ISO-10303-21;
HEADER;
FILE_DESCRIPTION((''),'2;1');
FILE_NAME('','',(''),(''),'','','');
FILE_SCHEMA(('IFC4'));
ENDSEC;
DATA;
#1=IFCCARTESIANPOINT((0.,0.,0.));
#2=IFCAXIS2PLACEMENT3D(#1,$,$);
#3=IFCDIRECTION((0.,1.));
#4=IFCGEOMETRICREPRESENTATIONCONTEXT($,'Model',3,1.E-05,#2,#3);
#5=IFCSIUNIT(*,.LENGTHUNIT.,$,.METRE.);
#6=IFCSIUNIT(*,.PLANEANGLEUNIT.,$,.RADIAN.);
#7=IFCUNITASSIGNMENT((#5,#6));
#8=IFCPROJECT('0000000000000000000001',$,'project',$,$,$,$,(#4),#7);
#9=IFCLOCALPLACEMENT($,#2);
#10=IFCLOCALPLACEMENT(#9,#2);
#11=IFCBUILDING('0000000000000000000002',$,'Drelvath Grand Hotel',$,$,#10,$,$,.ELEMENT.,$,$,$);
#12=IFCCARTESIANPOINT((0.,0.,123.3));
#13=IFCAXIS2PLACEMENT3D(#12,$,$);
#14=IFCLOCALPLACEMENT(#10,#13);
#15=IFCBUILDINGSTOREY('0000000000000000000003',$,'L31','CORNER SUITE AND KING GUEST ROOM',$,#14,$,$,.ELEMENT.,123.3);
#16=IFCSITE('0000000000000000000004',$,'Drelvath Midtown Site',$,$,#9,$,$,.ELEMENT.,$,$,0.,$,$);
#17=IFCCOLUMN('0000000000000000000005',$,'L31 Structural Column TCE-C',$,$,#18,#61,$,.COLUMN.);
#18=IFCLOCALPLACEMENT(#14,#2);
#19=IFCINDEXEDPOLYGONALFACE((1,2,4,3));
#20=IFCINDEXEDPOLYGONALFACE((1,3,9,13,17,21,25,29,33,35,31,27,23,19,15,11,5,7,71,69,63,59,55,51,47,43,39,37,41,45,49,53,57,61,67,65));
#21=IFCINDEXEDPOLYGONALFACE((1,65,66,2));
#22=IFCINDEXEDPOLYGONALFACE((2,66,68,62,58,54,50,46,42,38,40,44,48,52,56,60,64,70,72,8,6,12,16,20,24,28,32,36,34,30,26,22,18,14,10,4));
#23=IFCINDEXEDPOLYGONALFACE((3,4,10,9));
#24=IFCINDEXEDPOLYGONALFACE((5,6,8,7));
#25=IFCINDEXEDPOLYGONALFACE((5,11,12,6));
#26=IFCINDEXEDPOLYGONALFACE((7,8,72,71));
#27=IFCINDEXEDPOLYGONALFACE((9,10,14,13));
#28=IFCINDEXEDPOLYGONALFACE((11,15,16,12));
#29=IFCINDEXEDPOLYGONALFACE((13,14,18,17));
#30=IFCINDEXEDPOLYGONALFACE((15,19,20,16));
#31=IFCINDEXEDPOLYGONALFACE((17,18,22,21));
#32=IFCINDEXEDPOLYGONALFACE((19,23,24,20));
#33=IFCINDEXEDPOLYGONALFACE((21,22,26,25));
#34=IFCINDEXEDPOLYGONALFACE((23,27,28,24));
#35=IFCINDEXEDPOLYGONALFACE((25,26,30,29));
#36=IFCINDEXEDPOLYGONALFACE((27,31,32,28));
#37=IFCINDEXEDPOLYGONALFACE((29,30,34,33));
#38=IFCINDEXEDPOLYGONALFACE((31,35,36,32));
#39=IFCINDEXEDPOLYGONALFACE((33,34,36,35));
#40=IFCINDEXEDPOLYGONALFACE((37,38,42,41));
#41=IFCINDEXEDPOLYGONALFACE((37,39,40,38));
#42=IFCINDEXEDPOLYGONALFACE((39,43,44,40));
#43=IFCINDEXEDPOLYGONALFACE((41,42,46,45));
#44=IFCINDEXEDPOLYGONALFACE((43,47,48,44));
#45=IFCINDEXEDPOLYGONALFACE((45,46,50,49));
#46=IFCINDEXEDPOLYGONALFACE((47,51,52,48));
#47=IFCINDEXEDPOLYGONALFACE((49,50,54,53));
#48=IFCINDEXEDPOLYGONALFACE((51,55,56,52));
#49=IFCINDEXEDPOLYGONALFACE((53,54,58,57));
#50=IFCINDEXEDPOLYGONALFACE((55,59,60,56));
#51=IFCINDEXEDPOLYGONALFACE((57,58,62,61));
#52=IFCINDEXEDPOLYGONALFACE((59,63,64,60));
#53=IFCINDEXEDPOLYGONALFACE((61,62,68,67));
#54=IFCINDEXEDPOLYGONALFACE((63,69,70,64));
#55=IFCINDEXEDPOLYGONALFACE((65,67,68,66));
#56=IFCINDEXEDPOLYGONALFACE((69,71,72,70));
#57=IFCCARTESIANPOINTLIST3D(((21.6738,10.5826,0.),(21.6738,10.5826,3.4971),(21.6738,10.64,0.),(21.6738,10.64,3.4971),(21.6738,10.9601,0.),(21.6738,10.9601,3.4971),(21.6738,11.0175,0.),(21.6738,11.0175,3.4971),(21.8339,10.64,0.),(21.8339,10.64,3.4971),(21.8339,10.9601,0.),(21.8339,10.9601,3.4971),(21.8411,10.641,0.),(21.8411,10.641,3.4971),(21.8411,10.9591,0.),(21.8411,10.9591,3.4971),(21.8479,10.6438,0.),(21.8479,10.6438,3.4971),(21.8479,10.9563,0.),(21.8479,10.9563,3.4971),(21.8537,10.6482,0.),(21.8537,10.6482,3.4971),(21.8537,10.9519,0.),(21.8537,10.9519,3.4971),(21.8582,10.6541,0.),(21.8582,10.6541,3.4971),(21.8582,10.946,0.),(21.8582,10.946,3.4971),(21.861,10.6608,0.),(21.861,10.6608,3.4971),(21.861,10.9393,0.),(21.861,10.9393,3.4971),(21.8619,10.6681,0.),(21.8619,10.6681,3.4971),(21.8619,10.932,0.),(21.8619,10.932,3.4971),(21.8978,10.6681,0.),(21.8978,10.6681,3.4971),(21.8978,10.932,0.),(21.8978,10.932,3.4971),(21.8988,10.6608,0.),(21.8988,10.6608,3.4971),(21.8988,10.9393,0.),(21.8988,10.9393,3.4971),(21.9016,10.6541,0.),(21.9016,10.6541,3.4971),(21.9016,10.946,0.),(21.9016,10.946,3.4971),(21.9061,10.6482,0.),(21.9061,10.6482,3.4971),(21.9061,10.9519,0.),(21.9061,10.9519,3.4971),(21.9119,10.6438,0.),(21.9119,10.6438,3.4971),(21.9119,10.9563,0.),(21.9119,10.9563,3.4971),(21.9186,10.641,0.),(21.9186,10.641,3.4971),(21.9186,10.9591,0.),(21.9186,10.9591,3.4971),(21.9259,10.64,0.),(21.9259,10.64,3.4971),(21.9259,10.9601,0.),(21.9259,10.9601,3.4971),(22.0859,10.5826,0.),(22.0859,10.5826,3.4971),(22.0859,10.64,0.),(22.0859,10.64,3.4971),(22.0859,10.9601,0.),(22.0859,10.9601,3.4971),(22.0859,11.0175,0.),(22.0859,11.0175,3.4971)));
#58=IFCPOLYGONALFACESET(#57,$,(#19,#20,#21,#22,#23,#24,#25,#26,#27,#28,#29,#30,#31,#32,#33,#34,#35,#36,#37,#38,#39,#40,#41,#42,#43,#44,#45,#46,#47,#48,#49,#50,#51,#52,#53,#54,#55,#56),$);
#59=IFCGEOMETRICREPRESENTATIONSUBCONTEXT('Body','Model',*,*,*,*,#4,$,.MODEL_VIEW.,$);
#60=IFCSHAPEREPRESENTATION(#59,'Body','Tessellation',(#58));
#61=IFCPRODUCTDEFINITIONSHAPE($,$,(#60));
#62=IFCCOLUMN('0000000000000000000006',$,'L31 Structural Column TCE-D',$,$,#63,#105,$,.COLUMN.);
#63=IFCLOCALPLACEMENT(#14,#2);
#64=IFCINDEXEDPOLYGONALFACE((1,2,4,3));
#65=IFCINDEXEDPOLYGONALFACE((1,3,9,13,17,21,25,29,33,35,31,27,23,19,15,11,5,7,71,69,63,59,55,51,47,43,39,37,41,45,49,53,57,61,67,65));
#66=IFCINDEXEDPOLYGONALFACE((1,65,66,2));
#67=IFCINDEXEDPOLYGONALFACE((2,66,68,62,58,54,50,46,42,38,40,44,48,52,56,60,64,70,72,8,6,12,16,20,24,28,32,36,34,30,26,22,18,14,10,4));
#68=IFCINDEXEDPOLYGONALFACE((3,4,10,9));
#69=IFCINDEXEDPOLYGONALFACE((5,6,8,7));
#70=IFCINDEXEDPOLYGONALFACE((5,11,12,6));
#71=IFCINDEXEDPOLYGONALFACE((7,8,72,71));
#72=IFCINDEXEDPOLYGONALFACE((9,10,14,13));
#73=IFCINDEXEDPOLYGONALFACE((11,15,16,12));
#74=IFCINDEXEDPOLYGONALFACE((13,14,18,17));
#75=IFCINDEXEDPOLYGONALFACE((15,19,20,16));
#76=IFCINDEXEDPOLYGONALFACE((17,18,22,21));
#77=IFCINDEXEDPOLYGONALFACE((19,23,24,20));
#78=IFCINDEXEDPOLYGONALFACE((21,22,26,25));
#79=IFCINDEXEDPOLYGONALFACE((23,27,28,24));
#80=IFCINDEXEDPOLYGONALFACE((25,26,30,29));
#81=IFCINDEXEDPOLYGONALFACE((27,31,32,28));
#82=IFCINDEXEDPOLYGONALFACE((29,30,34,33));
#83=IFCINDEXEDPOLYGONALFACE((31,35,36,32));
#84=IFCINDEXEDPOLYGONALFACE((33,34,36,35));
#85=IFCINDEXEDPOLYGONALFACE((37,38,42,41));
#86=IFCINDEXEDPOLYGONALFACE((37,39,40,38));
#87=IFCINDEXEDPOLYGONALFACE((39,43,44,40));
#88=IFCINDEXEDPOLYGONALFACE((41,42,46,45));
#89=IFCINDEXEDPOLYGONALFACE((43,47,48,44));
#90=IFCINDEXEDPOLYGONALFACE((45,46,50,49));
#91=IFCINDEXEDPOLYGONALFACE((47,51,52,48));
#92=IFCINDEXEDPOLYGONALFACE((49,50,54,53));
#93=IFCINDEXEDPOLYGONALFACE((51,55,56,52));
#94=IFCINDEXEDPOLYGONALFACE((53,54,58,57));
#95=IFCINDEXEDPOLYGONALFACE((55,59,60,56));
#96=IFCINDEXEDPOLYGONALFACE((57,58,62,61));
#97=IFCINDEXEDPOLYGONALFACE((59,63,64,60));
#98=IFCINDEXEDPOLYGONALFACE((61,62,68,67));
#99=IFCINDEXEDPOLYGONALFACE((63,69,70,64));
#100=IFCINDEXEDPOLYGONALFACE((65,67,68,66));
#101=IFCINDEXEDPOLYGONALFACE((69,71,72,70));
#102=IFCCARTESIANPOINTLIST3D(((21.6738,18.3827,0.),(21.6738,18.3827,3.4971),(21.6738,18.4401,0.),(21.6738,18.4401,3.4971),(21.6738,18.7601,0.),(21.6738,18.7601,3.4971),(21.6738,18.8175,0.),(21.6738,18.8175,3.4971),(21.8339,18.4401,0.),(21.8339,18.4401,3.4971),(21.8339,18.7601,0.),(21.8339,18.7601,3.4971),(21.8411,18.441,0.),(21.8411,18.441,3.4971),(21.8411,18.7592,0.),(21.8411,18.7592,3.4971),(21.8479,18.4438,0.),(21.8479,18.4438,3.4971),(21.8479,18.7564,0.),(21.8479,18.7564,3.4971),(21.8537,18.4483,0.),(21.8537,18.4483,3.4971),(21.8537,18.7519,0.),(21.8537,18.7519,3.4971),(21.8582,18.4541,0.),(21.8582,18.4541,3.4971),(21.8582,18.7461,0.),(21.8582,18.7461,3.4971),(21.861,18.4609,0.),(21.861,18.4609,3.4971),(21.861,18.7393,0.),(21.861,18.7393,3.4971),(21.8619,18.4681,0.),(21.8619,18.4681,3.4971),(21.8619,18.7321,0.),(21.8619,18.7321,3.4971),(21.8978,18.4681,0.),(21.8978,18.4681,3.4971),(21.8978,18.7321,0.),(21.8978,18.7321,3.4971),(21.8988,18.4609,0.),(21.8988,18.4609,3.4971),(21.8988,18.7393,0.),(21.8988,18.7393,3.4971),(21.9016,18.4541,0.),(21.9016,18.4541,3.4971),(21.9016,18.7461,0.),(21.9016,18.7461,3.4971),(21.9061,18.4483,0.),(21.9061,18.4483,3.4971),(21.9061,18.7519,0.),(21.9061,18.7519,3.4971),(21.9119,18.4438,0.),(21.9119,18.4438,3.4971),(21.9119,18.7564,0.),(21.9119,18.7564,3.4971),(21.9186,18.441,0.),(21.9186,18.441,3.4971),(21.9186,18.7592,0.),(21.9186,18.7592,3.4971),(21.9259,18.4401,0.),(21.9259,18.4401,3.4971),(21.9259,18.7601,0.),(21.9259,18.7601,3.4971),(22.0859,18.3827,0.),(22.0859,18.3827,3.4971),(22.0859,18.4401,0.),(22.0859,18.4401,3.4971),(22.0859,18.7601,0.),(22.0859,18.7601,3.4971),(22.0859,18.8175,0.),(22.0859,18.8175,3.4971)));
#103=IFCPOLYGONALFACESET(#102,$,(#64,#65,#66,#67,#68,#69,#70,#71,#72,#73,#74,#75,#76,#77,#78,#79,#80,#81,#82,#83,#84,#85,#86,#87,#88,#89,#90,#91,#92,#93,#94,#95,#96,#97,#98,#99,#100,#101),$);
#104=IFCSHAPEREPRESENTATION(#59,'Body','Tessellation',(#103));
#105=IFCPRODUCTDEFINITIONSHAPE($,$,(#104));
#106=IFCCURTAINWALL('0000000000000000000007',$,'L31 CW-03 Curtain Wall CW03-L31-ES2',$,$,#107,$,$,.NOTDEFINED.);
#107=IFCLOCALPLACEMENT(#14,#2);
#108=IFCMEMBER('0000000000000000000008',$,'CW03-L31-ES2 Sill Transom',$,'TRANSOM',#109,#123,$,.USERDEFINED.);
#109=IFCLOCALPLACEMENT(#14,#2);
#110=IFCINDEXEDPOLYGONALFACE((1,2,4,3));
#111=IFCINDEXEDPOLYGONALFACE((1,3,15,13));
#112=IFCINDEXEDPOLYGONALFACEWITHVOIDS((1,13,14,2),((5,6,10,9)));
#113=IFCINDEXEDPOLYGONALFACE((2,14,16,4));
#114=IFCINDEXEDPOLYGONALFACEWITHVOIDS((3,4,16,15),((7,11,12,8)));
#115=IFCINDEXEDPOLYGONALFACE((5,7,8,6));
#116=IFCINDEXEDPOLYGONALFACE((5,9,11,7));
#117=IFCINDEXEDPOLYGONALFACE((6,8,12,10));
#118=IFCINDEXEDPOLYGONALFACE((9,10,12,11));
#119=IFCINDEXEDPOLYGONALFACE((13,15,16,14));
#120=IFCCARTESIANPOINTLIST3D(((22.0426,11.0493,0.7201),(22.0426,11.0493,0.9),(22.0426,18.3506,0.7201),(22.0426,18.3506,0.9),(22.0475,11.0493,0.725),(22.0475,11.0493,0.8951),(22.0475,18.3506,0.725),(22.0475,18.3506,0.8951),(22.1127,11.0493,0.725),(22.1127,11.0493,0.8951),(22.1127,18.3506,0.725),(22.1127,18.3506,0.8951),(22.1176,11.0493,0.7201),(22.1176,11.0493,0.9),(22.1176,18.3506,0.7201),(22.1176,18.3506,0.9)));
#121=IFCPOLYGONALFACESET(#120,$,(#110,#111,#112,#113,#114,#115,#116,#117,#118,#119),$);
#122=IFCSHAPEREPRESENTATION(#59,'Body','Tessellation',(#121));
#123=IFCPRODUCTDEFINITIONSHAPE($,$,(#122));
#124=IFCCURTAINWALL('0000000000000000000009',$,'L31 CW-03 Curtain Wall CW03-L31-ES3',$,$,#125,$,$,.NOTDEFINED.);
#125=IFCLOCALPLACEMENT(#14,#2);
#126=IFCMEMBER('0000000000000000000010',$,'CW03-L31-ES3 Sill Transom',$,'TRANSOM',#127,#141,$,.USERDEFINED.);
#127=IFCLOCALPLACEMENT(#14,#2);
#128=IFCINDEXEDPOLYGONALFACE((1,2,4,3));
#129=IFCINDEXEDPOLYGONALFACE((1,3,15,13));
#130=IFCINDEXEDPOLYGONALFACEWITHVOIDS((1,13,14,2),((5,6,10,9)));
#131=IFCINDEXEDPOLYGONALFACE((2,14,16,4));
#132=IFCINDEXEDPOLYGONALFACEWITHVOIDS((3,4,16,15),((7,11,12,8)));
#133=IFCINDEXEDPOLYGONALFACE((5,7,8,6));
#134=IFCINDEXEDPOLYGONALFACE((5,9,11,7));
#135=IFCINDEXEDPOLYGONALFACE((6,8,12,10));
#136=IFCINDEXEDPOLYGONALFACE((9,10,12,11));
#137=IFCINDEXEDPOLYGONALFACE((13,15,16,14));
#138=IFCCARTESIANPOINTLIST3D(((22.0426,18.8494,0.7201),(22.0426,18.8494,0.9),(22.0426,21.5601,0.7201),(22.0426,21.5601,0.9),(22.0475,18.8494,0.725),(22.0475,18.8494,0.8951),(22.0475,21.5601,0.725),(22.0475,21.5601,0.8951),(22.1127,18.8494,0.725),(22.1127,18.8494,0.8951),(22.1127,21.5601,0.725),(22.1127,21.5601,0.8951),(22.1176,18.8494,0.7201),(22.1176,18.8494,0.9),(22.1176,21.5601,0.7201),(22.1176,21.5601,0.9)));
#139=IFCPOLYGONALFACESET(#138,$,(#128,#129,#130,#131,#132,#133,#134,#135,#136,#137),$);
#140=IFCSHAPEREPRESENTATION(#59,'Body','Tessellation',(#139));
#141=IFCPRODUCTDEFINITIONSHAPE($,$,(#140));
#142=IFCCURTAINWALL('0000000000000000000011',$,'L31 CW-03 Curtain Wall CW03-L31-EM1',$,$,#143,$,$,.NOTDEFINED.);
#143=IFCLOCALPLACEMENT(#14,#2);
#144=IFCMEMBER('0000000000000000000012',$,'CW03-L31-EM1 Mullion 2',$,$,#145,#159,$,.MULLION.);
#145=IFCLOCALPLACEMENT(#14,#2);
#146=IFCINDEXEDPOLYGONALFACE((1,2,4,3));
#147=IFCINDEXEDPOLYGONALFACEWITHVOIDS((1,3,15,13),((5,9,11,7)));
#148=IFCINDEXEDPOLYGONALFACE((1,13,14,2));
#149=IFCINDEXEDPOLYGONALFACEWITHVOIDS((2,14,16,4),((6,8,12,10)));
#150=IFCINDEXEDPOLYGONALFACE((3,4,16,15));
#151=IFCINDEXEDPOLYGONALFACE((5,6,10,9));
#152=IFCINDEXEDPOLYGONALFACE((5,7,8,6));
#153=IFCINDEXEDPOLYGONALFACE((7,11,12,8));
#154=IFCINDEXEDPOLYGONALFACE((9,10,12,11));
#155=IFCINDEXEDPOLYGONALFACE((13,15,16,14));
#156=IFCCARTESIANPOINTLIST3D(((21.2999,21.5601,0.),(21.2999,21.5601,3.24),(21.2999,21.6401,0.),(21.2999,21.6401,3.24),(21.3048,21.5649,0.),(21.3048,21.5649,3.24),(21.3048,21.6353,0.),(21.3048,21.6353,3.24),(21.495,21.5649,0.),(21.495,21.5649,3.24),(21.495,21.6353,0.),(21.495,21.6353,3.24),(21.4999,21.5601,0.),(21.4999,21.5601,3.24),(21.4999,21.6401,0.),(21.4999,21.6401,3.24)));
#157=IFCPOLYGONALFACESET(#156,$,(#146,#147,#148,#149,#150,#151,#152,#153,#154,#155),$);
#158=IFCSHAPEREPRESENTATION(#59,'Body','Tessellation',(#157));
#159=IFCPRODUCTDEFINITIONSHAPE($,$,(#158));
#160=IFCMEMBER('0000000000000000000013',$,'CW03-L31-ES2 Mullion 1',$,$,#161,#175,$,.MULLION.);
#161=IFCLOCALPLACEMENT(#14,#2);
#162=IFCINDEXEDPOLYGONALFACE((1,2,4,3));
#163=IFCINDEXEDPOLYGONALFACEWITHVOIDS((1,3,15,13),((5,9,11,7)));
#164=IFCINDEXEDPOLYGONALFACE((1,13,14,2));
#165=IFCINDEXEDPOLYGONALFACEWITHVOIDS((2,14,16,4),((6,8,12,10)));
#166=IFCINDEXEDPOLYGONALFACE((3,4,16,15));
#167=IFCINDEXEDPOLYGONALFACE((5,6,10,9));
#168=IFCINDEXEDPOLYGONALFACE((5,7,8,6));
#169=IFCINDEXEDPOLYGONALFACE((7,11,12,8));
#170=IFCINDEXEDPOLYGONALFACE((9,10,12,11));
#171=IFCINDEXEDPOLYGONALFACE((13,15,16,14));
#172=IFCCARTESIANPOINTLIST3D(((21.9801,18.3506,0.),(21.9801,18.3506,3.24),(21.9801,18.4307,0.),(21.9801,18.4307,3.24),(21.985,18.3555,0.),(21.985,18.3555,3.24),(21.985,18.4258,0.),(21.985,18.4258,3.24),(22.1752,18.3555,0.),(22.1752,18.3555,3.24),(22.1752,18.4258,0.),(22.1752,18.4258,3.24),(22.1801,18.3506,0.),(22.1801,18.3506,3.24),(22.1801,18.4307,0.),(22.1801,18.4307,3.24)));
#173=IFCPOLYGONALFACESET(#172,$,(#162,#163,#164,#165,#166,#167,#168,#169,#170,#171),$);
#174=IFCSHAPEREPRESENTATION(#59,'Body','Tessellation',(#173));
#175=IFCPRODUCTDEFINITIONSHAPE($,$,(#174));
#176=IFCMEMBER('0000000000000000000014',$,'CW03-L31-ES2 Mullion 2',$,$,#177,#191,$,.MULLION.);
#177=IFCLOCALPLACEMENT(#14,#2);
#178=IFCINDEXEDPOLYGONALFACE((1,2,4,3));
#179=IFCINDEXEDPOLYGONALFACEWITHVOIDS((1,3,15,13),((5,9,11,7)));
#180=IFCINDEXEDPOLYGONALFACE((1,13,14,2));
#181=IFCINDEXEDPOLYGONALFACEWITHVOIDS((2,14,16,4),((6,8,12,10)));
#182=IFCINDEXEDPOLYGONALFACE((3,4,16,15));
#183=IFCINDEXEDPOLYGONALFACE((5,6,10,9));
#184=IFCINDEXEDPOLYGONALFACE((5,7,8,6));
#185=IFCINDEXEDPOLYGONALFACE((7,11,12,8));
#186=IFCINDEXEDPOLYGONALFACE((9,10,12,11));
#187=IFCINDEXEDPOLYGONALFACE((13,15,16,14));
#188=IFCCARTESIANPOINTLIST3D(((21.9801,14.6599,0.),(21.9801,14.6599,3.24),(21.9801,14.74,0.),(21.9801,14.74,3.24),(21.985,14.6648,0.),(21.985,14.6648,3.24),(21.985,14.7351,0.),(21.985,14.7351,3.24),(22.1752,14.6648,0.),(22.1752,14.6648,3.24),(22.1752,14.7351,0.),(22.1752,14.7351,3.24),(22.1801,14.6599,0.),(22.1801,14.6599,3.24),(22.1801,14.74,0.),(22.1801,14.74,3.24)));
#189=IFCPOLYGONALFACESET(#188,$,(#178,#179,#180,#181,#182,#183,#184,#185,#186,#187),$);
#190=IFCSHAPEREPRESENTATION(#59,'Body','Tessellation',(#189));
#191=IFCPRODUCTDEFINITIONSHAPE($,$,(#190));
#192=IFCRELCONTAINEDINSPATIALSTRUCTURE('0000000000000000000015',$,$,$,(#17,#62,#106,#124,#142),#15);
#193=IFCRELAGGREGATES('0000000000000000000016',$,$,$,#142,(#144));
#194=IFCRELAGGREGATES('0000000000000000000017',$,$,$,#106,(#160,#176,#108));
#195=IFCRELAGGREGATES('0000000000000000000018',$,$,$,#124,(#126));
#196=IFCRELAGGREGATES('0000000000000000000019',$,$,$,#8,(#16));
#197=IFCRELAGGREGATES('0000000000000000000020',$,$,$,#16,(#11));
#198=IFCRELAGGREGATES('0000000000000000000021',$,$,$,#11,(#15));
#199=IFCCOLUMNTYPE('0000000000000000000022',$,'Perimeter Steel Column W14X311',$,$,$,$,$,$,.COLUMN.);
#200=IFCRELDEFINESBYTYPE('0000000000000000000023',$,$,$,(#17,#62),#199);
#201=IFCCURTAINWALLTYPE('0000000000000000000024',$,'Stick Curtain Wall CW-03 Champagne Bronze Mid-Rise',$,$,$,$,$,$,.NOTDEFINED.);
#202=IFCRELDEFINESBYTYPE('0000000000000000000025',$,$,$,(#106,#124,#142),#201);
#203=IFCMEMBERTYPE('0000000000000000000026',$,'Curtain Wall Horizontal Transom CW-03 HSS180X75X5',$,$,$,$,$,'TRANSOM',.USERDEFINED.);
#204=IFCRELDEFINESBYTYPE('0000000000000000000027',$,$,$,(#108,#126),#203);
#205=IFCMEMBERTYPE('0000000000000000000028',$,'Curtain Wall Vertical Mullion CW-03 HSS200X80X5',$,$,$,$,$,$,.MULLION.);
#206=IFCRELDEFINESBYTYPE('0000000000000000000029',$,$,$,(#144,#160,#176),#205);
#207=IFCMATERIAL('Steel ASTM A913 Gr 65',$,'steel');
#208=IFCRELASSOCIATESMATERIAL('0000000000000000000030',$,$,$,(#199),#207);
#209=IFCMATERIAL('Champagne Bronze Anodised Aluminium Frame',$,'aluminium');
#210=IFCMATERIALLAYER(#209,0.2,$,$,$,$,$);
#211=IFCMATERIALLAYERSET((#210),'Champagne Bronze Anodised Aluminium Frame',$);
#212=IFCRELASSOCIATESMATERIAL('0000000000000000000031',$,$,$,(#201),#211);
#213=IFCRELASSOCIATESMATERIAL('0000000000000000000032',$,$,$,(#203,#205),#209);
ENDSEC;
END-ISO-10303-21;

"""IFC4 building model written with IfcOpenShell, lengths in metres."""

from ifc_helpers import new_model, si_unit, direction, frame, origin, origin_2d, place, context, subcontext, project, spatial, hollow_rectangle, i_section, extrude, material, layer, layer_set, material_profile, profile_set, type_object, element, aggregate, save


model = new_model("IFC4")

# Units and contexts
model_context = context("Model", 3, precision=1e-05, world=origin(), true_north=direction((0.0, 1.0)))
body_context = subcontext(model_context, "Body", "Model", "MODEL_VIEW")
ifc_project = project(units=[si_unit("LENGTHUNIT", "METRE"), si_unit("PLANEANGLEUNIT", "RADIAN")], contexts=[model_context])

# Site, building, storey
site_placement = place(None, origin())
site = spatial("IfcSite", under=ifc_project, at=site_placement, Name="Drelvath Midtown Site", CompositionType="ELEMENT", RefElevation=0.0)
building_placement = place(site_placement, origin())
building = spatial("IfcBuilding", under=site, at=building_placement, Name="Drelvath Grand Hotel", CompositionType="ELEMENT")
storey_placement = place(building_placement, frame((0.0, 0.0, 123.3)))
storey = spatial("IfcBuildingStorey", under=building, at=storey_placement, Name="L31", Description="CORNER SUITE AND KING GUEST ROOM", CompositionType="ELEMENT", Elevation=123.3)

# Columns
ifc_material_1 = material(Name="Steel ASTM A913 Gr 65", Category="steel")
ifc_material_profile_1 = material_profile(ifc_material_1, i_section(OverallWidth=0.4121, OverallDepth=0.4348, WebThickness=0.0359, FlangeThickness=0.0574, FilletRadius=0.0281, at=origin_2d()), Name="W14X311")
ifc_profile_set_1 = profile_set([ifc_material_profile_1], Name="Steel ASTM A913 Gr 65")
column_type = type_object("IfcColumnType", Name="Perimeter Steel Column W14X311", PredefinedType="COLUMN", material=ifc_profile_set_1)
for number, where, z_axis, x_axis, name in (
    (1, (21.8799, 10.8, 0.0), (0.0, 0.0, 1.0), (1.0, 0.0, 0.0), "L31 Structural Column TCE-C"),
    (2, (21.8799, 18.6001, 0.0), (0.0, 0.0, 1.0), (1.0, 0.0, 0.0), "L31 Structural Column TCE-D"),
):
    element("IfcColumn", number, at=place(storey_placement, frame(where, z_axis=z_axis, x_axis=x_axis)), inside=storey, type_object=column_type, Name=name, PredefinedType="COLUMN", context=body_context, shape_type="SweptSolid", body=[
        extrude(i_section(OverallWidth=0.4121, OverallDepth=0.4348, WebThickness=0.0359, FlangeThickness=0.0574, FilletRadius=0.0281, at=origin_2d()), origin(), (0.0, 0.0, 1.0), 3.4971),
    ])

# Curtain walls, members
ifc_material_2 = material(Name="Champagne Bronze Anodised Aluminium Frame", Category="aluminium")
ifc_layer_1 = layer(ifc_material_2, 0.2)
ifc_layer_set_1 = layer_set([ifc_layer_1], Name="Champagne Bronze Anodised Aluminium Frame")
curtain_wall_type = type_object("IfcCurtainWallType", Name="Stick Curtain Wall CW-03 Champagne Bronze Mid-Rise", PredefinedType="NOTDEFINED", material=ifc_layer_set_1)
curtain_wall_1_placement = place(storey_placement, origin())
curtain_wall_1 = element("IfcCurtainWall", 3, at=curtain_wall_1_placement, inside=storey, type_object=curtain_wall_type, Name="L31 CW-03 Curtain Wall CW03-L31-ES2", PredefinedType="NOTDEFINED")
ifc_material_profile_2 = material_profile(ifc_material_2, hollow_rectangle(XDim=0.075, YDim=0.1799, WallThickness=0.0049, at=origin_2d()), Name="HSS180X75X5")
ifc_profile_set_2 = profile_set([ifc_material_profile_2], Name="Champagne Bronze Anodised Aluminium Frame")
member_type_1 = type_object("IfcMemberType", Name="Curtain Wall Horizontal Transom CW-03 HSS180X75X5", ElementType="TRANSOM", PredefinedType="USERDEFINED", material=ifc_profile_set_2)
member_1_placement = place(storey_placement, frame((22.0801, 18.3506, 0.8101), z_axis=(0.0, -1.0, 0.0), x_axis=(1.0, 0.0, 0.0)))
member_1 = element("IfcMember", 4, at=member_1_placement, type_object=member_type_1, Name="CW03-L31-ES2 Sill Transom", ObjectType="TRANSOM", PredefinedType="USERDEFINED", context=body_context, shape_type="SweptSolid", body=[
    extrude(hollow_rectangle(XDim=0.075, YDim=0.1799, WallThickness=0.0049, at=origin_2d()), origin(), (0.0, 0.0, 1.0), 7.3013),
])
curtain_wall_2_placement = place(storey_placement, origin())
curtain_wall_2 = element("IfcCurtainWall", 5, at=curtain_wall_2_placement, inside=storey, type_object=curtain_wall_type, Name="L31 CW-03 Curtain Wall CW03-L31-ES3", PredefinedType="NOTDEFINED")
member_2_placement = place(storey_placement, frame((22.0801, 21.5601, 0.8101), z_axis=(0.0, -1.0, 0.0), x_axis=(1.0, 0.0, 0.0)))
member_2 = element("IfcMember", 6, at=member_2_placement, type_object=member_type_1, Name="CW03-L31-ES3 Sill Transom", ObjectType="TRANSOM", PredefinedType="USERDEFINED", context=body_context, shape_type="SweptSolid", body=[
    extrude(hollow_rectangle(XDim=0.075, YDim=0.1799, WallThickness=0.0049, at=origin_2d()), origin(), (0.0, 0.0, 1.0), 2.7107),
])
curtain_wall_3_placement = place(storey_placement, origin())
curtain_wall_3 = element("IfcCurtainWall", 7, at=curtain_wall_3_placement, inside=storey, type_object=curtain_wall_type, Name="L31 CW-03 Curtain Wall CW03-L31-EM1", PredefinedType="NOTDEFINED")
ifc_material_profile_3 = material_profile(ifc_material_2, hollow_rectangle(XDim=0.0801, YDim=0.2, WallThickness=0.0049, at=origin_2d()), Name="HSS200X80X5")
ifc_profile_set_3 = profile_set([ifc_material_profile_3], Name="Champagne Bronze Anodised Aluminium Frame")
member_type_2 = type_object("IfcMemberType", Name="Curtain Wall Vertical Mullion CW-03 HSS200X80X5", PredefinedType="MULLION", material=ifc_profile_set_3)
member_3_placement = place(storey_placement, frame((21.3999, 21.6001, 0.0), z_axis=(0.0, 0.0, 1.0), x_axis=(0.0, 1.0, 0.0)))
member_3 = element("IfcMember", 8, at=member_3_placement, type_object=member_type_2, Name="CW03-L31-EM1 Mullion 2", PredefinedType="MULLION", context=body_context, shape_type="SweptSolid", body=[
    extrude(hollow_rectangle(XDim=0.0801, YDim=0.2, WallThickness=0.0049, at=origin_2d()), origin(), (0.0, 0.0, 1.0), 3.24),
])

# Members
member_4_placement = place(storey_placement, frame((22.0801, 18.3906, 0.0), z_axis=(0.0, 0.0, 1.0), x_axis=(0.0, 1.0, 0.0)))
member_4 = element("IfcMember", 9, at=member_4_placement, type_object=member_type_2, Name="CW03-L31-ES2 Mullion 1", PredefinedType="MULLION", context=body_context, shape_type="SweptSolid", body=[
    extrude(hollow_rectangle(XDim=0.0801, YDim=0.2, WallThickness=0.0049, at=origin_2d()), origin(), (0.0, 0.0, 1.0), 3.24),
])
member_5_placement = place(storey_placement, frame((22.0801, 14.7, 0.0), z_axis=(0.0, 0.0, 1.0), x_axis=(0.0, 1.0, 0.0)))
member_5 = element("IfcMember", 10, at=member_5_placement, type_object=member_type_2, Name="CW03-L31-ES2 Mullion 2", PredefinedType="MULLION", context=body_context, shape_type="SweptSolid", body=[
    extrude(hollow_rectangle(XDim=0.0801, YDim=0.2, WallThickness=0.0049, at=origin_2d()), origin(), (0.0, 0.0, 1.0), 3.24),
])

aggregate(curtain_wall_3, [member_3])
aggregate(curtain_wall_1, [member_4, member_5, member_1])
aggregate(curtain_wall_2, [member_2])

save(model, "model.ifc")
